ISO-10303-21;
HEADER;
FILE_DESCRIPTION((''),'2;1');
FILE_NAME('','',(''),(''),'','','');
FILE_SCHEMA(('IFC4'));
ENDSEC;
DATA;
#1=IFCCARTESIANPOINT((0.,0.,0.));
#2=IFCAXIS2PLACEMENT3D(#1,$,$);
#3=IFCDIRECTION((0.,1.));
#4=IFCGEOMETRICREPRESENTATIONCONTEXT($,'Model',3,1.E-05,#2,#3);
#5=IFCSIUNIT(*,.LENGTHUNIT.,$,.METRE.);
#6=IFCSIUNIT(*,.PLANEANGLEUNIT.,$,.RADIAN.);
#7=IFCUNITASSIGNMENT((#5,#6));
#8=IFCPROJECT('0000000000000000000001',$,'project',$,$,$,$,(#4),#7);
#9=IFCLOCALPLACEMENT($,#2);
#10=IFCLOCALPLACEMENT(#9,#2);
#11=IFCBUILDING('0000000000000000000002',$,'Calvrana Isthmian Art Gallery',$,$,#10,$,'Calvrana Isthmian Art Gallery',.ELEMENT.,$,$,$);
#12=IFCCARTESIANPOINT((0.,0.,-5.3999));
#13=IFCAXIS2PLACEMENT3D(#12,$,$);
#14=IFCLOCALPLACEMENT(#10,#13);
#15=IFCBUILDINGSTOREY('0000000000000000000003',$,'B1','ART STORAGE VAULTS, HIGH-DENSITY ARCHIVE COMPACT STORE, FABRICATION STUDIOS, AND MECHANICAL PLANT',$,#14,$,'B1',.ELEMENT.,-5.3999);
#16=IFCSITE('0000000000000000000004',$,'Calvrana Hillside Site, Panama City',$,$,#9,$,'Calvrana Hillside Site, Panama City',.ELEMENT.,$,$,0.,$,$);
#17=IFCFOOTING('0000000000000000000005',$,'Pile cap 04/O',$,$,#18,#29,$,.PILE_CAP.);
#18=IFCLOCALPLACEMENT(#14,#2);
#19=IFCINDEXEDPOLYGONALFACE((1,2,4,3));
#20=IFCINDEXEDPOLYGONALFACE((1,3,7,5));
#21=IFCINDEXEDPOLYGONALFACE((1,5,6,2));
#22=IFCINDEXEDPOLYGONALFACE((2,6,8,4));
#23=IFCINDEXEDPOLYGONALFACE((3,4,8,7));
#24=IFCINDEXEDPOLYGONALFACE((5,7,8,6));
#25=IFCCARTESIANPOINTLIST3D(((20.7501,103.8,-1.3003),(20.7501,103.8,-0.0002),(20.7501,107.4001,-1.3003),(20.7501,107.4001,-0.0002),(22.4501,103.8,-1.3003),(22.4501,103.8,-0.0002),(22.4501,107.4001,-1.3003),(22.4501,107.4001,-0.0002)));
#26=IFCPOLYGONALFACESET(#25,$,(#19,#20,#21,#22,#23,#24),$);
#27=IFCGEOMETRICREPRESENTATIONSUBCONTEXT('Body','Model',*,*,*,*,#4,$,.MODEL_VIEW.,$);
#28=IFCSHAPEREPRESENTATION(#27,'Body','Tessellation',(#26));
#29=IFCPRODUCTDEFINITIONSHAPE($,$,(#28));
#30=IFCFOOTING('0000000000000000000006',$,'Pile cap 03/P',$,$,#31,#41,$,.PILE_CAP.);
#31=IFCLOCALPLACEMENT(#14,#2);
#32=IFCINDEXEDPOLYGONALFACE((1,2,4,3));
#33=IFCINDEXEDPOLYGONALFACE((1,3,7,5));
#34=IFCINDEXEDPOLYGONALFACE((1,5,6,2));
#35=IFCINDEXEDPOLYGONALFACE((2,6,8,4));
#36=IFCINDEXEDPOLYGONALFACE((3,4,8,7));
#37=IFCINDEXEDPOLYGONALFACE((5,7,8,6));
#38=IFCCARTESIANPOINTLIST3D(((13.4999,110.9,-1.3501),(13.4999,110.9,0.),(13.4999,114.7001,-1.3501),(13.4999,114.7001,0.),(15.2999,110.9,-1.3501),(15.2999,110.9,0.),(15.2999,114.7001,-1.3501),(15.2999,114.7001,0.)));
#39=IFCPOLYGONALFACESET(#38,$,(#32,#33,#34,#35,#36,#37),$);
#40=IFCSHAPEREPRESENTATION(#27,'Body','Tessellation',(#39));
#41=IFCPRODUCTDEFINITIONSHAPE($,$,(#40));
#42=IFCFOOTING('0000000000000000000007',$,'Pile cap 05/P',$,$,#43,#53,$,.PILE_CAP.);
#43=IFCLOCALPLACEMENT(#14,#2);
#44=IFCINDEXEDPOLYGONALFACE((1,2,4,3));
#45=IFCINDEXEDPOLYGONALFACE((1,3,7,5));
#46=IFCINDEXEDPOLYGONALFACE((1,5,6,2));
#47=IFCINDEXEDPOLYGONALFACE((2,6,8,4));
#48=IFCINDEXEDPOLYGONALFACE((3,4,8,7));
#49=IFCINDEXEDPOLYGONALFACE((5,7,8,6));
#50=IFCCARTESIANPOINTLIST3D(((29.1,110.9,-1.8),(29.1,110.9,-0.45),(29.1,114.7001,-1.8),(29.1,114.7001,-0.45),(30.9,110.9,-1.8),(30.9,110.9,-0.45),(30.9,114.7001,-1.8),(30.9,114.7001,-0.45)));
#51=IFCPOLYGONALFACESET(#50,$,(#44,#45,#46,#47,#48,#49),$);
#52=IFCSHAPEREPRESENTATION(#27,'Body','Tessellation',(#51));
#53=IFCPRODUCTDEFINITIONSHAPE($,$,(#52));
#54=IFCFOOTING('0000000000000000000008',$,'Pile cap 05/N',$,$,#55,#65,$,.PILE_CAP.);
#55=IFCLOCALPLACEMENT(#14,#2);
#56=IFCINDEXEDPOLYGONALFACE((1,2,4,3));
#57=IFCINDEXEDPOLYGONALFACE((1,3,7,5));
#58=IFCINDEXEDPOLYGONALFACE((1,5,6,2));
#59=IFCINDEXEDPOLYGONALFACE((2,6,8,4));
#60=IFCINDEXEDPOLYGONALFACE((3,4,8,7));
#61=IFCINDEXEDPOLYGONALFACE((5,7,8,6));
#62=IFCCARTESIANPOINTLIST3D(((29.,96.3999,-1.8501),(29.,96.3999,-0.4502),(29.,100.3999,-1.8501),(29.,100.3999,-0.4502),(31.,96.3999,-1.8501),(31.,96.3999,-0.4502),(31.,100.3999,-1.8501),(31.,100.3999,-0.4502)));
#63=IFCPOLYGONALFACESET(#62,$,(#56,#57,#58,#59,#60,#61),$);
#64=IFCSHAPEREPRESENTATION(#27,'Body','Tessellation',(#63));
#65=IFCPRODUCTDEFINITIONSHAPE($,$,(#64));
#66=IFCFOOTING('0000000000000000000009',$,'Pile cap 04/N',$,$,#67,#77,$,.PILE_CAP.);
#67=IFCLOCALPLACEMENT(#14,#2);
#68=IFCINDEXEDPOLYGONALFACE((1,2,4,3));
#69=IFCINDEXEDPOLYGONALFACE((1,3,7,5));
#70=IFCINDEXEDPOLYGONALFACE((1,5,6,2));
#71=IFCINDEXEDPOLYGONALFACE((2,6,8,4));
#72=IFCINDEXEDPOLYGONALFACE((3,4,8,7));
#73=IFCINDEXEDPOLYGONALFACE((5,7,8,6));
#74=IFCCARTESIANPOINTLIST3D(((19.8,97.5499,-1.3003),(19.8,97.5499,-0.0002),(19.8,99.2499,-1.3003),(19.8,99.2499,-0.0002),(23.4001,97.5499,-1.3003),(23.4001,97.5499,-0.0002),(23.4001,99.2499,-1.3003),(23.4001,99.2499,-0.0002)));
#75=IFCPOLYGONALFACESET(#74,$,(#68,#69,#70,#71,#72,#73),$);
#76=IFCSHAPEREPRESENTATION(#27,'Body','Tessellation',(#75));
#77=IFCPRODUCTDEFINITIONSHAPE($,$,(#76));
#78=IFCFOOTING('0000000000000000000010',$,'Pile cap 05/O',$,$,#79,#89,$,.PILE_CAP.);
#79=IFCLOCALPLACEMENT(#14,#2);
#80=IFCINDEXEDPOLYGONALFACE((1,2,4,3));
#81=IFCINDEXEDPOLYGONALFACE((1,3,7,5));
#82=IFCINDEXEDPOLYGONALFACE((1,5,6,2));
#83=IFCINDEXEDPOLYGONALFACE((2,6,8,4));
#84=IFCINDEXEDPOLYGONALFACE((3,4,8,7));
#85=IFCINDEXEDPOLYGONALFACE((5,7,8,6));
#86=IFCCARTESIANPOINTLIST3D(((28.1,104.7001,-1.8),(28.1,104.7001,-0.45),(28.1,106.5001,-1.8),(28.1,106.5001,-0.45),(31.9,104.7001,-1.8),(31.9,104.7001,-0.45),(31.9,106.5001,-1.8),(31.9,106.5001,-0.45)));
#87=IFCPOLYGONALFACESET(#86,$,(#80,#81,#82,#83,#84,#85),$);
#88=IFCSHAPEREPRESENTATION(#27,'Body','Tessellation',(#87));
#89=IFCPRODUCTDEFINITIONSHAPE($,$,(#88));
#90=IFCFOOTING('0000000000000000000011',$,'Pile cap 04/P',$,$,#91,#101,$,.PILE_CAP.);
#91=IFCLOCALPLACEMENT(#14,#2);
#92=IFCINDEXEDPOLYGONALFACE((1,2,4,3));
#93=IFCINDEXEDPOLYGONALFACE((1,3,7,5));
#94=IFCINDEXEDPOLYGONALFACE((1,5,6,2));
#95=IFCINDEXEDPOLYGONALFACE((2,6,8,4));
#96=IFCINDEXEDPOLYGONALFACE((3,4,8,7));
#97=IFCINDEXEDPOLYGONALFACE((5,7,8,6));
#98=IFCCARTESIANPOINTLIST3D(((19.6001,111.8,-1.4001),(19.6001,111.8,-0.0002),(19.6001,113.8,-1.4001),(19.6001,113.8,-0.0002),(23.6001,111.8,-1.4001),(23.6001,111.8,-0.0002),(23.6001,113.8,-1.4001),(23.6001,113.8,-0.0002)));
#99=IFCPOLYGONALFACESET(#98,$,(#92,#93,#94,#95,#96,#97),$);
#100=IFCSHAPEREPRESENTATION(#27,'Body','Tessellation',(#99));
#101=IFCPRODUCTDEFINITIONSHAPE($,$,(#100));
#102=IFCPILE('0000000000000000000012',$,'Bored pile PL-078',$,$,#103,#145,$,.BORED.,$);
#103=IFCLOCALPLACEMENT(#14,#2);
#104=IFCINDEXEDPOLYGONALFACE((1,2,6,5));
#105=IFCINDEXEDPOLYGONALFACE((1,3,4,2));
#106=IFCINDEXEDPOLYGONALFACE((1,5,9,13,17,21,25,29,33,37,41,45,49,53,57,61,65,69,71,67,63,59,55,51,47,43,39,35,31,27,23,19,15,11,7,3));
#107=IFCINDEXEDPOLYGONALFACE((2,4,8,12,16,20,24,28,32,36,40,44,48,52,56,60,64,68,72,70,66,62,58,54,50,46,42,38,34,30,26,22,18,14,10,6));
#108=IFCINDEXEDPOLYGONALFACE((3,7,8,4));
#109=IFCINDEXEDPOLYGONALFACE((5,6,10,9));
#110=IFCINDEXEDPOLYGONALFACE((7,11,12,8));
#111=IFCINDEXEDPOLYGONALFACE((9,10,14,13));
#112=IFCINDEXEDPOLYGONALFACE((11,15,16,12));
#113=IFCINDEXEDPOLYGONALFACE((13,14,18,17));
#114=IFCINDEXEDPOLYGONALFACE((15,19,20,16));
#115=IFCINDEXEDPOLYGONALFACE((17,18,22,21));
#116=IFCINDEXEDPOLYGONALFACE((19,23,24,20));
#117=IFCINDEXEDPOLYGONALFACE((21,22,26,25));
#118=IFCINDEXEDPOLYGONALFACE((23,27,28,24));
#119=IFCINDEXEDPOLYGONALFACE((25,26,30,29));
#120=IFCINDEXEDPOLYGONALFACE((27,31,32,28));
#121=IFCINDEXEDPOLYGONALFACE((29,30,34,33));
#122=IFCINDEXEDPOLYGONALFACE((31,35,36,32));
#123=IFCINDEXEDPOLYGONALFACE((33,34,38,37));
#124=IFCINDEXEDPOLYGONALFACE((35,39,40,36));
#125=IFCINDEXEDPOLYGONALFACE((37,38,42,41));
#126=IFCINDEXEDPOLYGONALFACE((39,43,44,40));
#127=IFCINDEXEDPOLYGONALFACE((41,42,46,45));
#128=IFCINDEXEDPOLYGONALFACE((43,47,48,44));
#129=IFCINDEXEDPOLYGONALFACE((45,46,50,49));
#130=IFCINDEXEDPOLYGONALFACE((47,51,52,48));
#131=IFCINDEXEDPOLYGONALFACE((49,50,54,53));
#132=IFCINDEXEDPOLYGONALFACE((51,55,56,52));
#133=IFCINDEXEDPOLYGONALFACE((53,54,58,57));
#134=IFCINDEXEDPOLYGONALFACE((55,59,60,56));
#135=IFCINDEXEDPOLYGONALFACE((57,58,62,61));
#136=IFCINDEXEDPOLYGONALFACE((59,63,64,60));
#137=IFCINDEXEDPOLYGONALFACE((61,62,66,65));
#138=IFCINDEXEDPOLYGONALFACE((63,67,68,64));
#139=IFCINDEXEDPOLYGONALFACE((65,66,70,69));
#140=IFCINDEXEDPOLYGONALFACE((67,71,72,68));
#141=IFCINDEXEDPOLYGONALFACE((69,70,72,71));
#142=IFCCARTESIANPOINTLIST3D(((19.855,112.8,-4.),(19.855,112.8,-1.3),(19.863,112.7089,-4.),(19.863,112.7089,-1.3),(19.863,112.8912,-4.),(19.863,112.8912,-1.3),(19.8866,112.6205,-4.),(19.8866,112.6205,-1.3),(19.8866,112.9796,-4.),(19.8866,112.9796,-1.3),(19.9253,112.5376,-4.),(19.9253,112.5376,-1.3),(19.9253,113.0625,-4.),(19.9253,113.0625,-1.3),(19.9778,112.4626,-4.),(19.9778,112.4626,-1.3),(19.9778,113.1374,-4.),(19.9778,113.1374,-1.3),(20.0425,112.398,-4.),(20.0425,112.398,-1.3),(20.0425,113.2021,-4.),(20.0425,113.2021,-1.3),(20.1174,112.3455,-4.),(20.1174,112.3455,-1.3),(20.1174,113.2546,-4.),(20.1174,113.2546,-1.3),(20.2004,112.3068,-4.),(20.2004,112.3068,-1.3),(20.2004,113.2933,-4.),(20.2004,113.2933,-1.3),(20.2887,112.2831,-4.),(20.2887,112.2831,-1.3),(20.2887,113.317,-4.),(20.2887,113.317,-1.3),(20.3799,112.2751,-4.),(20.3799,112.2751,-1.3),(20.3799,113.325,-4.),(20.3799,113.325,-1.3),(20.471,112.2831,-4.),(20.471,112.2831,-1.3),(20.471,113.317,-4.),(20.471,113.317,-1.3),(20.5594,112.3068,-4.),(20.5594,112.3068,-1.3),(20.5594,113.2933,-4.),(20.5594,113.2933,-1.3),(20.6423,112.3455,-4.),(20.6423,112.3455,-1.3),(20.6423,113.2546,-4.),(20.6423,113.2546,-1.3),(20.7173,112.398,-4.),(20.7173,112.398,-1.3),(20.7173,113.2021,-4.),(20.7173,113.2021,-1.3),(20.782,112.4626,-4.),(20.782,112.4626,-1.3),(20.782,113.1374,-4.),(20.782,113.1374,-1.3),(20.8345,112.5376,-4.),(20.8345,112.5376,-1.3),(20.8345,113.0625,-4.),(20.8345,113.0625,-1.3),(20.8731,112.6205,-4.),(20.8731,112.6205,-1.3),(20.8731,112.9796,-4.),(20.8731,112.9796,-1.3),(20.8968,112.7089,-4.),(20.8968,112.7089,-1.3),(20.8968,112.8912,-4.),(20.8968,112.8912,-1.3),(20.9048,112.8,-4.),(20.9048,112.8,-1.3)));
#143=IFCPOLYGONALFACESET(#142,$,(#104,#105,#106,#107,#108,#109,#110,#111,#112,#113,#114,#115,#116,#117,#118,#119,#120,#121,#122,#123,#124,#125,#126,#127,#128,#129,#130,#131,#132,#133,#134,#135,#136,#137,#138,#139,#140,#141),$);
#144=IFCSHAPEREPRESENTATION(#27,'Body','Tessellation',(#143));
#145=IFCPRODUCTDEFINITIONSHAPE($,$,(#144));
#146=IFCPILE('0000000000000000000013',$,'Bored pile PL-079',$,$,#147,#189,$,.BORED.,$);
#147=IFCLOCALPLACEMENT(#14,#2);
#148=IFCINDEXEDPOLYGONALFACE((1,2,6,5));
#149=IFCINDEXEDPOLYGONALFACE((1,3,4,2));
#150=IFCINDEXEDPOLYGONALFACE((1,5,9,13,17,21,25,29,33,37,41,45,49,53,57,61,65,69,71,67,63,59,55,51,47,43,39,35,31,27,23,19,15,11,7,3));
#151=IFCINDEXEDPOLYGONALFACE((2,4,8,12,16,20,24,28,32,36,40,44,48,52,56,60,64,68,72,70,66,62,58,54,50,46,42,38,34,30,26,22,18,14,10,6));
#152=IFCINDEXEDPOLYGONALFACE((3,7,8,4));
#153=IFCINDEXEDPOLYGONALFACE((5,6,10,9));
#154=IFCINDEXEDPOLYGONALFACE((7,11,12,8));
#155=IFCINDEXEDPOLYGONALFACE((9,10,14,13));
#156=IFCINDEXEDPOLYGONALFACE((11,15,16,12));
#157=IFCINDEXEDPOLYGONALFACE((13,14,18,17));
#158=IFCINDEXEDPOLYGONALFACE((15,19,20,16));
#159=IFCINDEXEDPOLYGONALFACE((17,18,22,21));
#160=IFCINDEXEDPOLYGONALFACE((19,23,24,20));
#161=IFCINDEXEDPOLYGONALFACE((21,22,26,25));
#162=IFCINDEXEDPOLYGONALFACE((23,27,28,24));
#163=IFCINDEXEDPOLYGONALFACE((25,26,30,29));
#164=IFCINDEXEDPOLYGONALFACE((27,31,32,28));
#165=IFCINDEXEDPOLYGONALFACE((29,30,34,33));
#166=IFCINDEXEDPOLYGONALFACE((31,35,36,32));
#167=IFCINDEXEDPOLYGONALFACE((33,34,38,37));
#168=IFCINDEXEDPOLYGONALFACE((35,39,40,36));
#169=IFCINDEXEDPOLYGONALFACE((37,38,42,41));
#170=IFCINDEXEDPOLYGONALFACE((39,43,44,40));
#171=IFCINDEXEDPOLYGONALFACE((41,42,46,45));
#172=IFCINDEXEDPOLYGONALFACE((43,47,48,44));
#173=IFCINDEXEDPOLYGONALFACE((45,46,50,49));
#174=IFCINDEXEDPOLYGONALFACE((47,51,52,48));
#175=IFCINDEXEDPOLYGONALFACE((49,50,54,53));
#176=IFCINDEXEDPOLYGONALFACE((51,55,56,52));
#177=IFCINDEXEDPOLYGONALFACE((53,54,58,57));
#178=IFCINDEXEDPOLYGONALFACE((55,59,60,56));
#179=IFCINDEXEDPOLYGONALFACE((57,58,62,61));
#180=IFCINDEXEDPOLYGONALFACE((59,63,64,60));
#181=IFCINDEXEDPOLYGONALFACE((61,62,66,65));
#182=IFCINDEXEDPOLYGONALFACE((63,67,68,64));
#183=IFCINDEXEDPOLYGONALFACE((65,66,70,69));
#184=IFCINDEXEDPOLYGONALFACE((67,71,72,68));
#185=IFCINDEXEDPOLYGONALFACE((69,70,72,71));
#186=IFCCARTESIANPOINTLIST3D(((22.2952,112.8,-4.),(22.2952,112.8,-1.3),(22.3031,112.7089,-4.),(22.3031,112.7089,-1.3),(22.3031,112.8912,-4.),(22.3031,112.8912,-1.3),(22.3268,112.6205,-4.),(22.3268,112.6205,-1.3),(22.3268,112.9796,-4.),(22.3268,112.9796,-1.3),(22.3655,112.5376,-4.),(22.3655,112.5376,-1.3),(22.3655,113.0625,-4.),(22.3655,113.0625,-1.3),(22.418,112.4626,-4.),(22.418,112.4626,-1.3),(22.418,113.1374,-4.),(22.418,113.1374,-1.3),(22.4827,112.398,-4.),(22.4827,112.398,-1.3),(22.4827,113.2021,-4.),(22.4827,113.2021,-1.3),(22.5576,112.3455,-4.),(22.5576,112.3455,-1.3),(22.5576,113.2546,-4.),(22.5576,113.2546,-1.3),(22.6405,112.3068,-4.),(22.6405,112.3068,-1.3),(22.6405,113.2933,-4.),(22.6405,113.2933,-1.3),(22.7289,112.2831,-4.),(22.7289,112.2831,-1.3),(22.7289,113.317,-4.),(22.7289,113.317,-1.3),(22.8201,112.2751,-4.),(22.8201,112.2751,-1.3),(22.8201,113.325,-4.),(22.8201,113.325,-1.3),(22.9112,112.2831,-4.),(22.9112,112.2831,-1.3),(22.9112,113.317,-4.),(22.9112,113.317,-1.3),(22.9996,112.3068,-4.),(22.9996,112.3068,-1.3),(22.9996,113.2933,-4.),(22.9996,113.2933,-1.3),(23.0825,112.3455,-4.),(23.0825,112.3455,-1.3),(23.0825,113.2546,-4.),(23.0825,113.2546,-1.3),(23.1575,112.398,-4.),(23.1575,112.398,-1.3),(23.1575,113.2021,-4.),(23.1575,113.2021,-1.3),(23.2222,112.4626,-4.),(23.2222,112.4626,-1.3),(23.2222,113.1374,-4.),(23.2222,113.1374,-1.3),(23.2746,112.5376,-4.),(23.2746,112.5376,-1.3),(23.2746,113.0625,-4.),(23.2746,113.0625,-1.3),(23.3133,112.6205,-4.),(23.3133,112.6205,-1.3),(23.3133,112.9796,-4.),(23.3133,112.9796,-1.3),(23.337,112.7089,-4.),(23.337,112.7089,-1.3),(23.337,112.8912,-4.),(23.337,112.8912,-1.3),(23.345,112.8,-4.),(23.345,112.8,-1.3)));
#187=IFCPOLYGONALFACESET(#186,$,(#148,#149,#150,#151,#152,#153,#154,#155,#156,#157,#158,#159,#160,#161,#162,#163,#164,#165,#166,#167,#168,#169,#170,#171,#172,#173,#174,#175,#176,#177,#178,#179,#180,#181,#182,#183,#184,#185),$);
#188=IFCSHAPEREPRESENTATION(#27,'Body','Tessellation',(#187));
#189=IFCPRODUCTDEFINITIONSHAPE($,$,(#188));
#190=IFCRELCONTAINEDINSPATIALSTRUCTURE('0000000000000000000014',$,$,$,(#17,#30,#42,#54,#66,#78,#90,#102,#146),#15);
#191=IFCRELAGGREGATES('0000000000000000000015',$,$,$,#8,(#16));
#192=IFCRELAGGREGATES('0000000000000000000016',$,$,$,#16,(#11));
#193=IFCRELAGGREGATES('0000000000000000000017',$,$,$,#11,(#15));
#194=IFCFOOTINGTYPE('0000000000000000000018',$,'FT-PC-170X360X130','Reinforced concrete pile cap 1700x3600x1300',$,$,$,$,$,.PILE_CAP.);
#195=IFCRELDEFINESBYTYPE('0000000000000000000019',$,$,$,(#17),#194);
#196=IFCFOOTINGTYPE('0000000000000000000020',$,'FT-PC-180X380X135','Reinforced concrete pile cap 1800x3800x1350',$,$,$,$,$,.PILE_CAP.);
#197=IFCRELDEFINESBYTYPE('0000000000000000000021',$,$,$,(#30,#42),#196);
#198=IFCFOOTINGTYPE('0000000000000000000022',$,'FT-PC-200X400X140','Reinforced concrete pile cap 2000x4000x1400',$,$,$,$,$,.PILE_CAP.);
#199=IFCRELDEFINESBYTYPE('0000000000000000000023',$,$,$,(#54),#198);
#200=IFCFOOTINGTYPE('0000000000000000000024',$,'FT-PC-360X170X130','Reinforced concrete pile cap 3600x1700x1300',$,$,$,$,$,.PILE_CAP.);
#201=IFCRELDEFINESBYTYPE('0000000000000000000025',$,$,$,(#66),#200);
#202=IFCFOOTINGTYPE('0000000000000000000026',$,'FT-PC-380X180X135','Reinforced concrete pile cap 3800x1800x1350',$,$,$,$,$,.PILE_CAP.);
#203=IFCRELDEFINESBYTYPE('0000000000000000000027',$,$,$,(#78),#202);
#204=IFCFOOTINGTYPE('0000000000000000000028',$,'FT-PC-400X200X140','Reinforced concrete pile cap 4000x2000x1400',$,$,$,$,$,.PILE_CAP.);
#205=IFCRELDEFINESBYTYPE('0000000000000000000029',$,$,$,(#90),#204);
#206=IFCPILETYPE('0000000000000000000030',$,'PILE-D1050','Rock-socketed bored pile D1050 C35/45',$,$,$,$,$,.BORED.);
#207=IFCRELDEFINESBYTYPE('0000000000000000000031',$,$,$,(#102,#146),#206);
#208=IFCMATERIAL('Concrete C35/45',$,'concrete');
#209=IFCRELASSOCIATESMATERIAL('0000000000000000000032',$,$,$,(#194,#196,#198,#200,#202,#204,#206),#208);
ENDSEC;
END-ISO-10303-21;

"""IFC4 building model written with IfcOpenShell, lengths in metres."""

from ifc_helpers import new_model, si_unit, direction, frame, origin, origin_2d, place, context, subcontext, project, spatial, rectangle, circle, extrude, material, material_profile, profile_set, type_object, element, save


model = new_model("IFC4")

# Units and contexts
model_context = context("Model", 3, precision=1e-05, world=origin(), true_north=direction((0.0, 1.0)))
body_context = subcontext(model_context, "Body", "Model", "MODEL_VIEW")
ifc_project = project(units=[si_unit("LENGTHUNIT", "METRE"), si_unit("PLANEANGLEUNIT", "RADIAN")], contexts=[model_context])

# Site, building, storey
site_placement = place(None, origin())
site = spatial("IfcSite", under=ifc_project, at=site_placement, Name="Calvrana Hillside Site, Panama City", LongName="Calvrana Hillside Site, Panama City", CompositionType="ELEMENT", RefElevation=0.0)
building_placement = place(site_placement, origin())
building = spatial("IfcBuilding", under=site, at=building_placement, Name="Calvrana Isthmian Art Gallery", LongName="Calvrana Isthmian Art Gallery", CompositionType="ELEMENT")
storey_placement = place(building_placement, frame((0.0, 0.0, -5.3999)))
storey = spatial("IfcBuildingStorey", under=building, at=storey_placement, Name="B1", Description="ART STORAGE VAULTS, HIGH-DENSITY ARCHIVE COMPACT STORE, FABRICATION STUDIOS, AND MECHANICAL PLANT", LongName="B1", CompositionType="ELEMENT", Elevation=-5.3999)

# Footings
ifc_material_1 = material(Name="Concrete C35/45", Category="concrete")
footing_type_1 = type_object("IfcFootingType", Name="FT-PC-170X360X130", Description="Reinforced concrete pile cap 1700x3600x1300", PredefinedType="PILE_CAP", material=ifc_material_1)
footing_1_placement = place(storey_placement, frame((21.6001, 105.6001, -1.3003), z_axis=(0.0, 0.0, 1.0), x_axis=(1.0, 0.0, 0.0)))
element("IfcFooting", 1, at=footing_1_placement, inside=storey, type_object=footing_type_1, Name="Pile cap 04/O", PredefinedType="PILE_CAP", context=body_context, shape_type="SweptSolid", body=[
    extrude(rectangle(XDim=1.7, YDim=3.6001, at=origin_2d()), origin(), (0.0, 0.0, 1.0), 1.3),
])
footing_type_2 = type_object("IfcFootingType", Name="FT-PC-180X380X135", Description="Reinforced concrete pile cap 1800x3800x1350", PredefinedType="PILE_CAP", material=ifc_material_1)
for number, where, z_axis, x_axis, name in (
    (2, (14.3999, 112.8, -1.3501), (0.0, 0.0, 1.0), (1.0, 0.0, 0.0), "Pile cap 03/P"),
    (3, (30.0, 112.8, -1.8), (0.0, 0.0, 1.0), (1.0, 0.0, 0.0), "Pile cap 05/P"),
):
    element("IfcFooting", number, at=place(storey_placement, frame(where, z_axis=z_axis, x_axis=x_axis)), inside=storey, type_object=footing_type_2, Name=name, PredefinedType="PILE_CAP", context=body_context, shape_type="SweptSolid", body=[
        extrude(rectangle(XDim=1.8, YDim=3.8, at=origin_2d()), origin(), (0.0, 0.0, 1.0), 1.3501),
    ])
footing_type_3 = type_object("IfcFootingType", Name="FT-PC-200X400X140", Description="Reinforced concrete pile cap 2000x4000x1400", PredefinedType="PILE_CAP", material=ifc_material_1)
footing_2_placement = place(storey_placement, frame((30.0, 98.3999, -1.8501), z_axis=(0.0, 0.0, 1.0), x_axis=(1.0, 0.0, 0.0)))
element("IfcFooting", 4, at=footing_2_placement, inside=storey, type_object=footing_type_3, Name="Pile cap 05/N", PredefinedType="PILE_CAP", context=body_context, shape_type="SweptSolid", body=[
    extrude(rectangle(XDim=2.0, YDim=4.0, at=origin_2d()), origin(), (0.0, 0.0, 1.0), 1.3999),
])
footing_type_4 = type_object("IfcFootingType", Name="FT-PC-360X170X130", Description="Reinforced concrete pile cap 3600x1700x1300", PredefinedType="PILE_CAP", material=ifc_material_1)
footing_3_placement = place(storey_placement, frame((21.6001, 98.3999, -1.3003), z_axis=(0.0, 0.0, 1.0), x_axis=(1.0, 0.0, 0.0)))
element("IfcFooting", 5, at=footing_3_placement, inside=storey, type_object=footing_type_4, Name="Pile cap 04/N", PredefinedType="PILE_CAP", context=body_context, shape_type="SweptSolid", body=[
    extrude(rectangle(XDim=3.6001, YDim=1.7, at=origin_2d()), origin(), (0.0, 0.0, 1.0), 1.3),
])
footing_type_5 = type_object("IfcFootingType", Name="FT-PC-380X180X135", Description="Reinforced concrete pile cap 3800x1800x1350", PredefinedType="PILE_CAP", material=ifc_material_1)
footing_4_placement = place(storey_placement, frame((30.0, 105.6001, -1.8), z_axis=(0.0, 0.0, 1.0), x_axis=(1.0, 0.0, 0.0)))
element("IfcFooting", 6, at=footing_4_placement, inside=storey, type_object=footing_type_5, Name="Pile cap 05/O", PredefinedType="PILE_CAP", context=body_context, shape_type="SweptSolid", body=[
    extrude(rectangle(XDim=3.8, YDim=1.8, at=origin_2d()), origin(), (0.0, 0.0, 1.0), 1.3501),
])
footing_type_6 = type_object("IfcFootingType", Name="FT-PC-400X200X140", Description="Reinforced concrete pile cap 4000x2000x1400", PredefinedType="PILE_CAP", material=ifc_material_1)
footing_5_placement = place(storey_placement, frame((21.6001, 112.8, -1.4001), z_axis=(0.0, 0.0, 1.0), x_axis=(1.0, 0.0, 0.0)))
element("IfcFooting", 7, at=footing_5_placement, inside=storey, type_object=footing_type_6, Name="Pile cap 04/P", PredefinedType="PILE_CAP", context=body_context, shape_type="SweptSolid", body=[
    extrude(rectangle(XDim=4.0, YDim=2.0, at=origin_2d()), origin(), (0.0, 0.0, 1.0), 1.3999),
])

# Piles
ifc_material_profile_1 = material_profile(ifc_material_1, circle(Radius=0.5249, at=origin_2d()), Name="PILE1050D")
ifc_profile_set_1 = profile_set([ifc_material_profile_1], Name="Concrete C35/45")
pile_type_1 = type_object("IfcPileType", Name="PILE-D1050", Description="Rock-socketed bored pile D1050 C35/45", PredefinedType="BORED", material=ifc_profile_set_1)
for number, where, z_axis, x_axis, name in (
    (8, (20.3799, 112.8, -1.3), (0.0, 0.0, -1.0), (1.0, 0.0, 0.0), "Bored pile PL-078"),
    (9, (22.8201, 112.8, -1.3), (0.0, 0.0, -1.0), (1.0, 0.0, 0.0), "Bored pile PL-079"),
):
    element("IfcPile", number, at=place(storey_placement, frame(where, z_axis=z_axis, x_axis=x_axis)), inside=storey, type_object=pile_type_1, Name=name, PredefinedType="BORED", context=body_context, shape_type="SweptSolid", body=[
        extrude(circle(Radius=0.5249, at=origin_2d()), origin(), (0.0, 0.0, 1.0), 2.7),
    ])

save(model, "model.ifc")
